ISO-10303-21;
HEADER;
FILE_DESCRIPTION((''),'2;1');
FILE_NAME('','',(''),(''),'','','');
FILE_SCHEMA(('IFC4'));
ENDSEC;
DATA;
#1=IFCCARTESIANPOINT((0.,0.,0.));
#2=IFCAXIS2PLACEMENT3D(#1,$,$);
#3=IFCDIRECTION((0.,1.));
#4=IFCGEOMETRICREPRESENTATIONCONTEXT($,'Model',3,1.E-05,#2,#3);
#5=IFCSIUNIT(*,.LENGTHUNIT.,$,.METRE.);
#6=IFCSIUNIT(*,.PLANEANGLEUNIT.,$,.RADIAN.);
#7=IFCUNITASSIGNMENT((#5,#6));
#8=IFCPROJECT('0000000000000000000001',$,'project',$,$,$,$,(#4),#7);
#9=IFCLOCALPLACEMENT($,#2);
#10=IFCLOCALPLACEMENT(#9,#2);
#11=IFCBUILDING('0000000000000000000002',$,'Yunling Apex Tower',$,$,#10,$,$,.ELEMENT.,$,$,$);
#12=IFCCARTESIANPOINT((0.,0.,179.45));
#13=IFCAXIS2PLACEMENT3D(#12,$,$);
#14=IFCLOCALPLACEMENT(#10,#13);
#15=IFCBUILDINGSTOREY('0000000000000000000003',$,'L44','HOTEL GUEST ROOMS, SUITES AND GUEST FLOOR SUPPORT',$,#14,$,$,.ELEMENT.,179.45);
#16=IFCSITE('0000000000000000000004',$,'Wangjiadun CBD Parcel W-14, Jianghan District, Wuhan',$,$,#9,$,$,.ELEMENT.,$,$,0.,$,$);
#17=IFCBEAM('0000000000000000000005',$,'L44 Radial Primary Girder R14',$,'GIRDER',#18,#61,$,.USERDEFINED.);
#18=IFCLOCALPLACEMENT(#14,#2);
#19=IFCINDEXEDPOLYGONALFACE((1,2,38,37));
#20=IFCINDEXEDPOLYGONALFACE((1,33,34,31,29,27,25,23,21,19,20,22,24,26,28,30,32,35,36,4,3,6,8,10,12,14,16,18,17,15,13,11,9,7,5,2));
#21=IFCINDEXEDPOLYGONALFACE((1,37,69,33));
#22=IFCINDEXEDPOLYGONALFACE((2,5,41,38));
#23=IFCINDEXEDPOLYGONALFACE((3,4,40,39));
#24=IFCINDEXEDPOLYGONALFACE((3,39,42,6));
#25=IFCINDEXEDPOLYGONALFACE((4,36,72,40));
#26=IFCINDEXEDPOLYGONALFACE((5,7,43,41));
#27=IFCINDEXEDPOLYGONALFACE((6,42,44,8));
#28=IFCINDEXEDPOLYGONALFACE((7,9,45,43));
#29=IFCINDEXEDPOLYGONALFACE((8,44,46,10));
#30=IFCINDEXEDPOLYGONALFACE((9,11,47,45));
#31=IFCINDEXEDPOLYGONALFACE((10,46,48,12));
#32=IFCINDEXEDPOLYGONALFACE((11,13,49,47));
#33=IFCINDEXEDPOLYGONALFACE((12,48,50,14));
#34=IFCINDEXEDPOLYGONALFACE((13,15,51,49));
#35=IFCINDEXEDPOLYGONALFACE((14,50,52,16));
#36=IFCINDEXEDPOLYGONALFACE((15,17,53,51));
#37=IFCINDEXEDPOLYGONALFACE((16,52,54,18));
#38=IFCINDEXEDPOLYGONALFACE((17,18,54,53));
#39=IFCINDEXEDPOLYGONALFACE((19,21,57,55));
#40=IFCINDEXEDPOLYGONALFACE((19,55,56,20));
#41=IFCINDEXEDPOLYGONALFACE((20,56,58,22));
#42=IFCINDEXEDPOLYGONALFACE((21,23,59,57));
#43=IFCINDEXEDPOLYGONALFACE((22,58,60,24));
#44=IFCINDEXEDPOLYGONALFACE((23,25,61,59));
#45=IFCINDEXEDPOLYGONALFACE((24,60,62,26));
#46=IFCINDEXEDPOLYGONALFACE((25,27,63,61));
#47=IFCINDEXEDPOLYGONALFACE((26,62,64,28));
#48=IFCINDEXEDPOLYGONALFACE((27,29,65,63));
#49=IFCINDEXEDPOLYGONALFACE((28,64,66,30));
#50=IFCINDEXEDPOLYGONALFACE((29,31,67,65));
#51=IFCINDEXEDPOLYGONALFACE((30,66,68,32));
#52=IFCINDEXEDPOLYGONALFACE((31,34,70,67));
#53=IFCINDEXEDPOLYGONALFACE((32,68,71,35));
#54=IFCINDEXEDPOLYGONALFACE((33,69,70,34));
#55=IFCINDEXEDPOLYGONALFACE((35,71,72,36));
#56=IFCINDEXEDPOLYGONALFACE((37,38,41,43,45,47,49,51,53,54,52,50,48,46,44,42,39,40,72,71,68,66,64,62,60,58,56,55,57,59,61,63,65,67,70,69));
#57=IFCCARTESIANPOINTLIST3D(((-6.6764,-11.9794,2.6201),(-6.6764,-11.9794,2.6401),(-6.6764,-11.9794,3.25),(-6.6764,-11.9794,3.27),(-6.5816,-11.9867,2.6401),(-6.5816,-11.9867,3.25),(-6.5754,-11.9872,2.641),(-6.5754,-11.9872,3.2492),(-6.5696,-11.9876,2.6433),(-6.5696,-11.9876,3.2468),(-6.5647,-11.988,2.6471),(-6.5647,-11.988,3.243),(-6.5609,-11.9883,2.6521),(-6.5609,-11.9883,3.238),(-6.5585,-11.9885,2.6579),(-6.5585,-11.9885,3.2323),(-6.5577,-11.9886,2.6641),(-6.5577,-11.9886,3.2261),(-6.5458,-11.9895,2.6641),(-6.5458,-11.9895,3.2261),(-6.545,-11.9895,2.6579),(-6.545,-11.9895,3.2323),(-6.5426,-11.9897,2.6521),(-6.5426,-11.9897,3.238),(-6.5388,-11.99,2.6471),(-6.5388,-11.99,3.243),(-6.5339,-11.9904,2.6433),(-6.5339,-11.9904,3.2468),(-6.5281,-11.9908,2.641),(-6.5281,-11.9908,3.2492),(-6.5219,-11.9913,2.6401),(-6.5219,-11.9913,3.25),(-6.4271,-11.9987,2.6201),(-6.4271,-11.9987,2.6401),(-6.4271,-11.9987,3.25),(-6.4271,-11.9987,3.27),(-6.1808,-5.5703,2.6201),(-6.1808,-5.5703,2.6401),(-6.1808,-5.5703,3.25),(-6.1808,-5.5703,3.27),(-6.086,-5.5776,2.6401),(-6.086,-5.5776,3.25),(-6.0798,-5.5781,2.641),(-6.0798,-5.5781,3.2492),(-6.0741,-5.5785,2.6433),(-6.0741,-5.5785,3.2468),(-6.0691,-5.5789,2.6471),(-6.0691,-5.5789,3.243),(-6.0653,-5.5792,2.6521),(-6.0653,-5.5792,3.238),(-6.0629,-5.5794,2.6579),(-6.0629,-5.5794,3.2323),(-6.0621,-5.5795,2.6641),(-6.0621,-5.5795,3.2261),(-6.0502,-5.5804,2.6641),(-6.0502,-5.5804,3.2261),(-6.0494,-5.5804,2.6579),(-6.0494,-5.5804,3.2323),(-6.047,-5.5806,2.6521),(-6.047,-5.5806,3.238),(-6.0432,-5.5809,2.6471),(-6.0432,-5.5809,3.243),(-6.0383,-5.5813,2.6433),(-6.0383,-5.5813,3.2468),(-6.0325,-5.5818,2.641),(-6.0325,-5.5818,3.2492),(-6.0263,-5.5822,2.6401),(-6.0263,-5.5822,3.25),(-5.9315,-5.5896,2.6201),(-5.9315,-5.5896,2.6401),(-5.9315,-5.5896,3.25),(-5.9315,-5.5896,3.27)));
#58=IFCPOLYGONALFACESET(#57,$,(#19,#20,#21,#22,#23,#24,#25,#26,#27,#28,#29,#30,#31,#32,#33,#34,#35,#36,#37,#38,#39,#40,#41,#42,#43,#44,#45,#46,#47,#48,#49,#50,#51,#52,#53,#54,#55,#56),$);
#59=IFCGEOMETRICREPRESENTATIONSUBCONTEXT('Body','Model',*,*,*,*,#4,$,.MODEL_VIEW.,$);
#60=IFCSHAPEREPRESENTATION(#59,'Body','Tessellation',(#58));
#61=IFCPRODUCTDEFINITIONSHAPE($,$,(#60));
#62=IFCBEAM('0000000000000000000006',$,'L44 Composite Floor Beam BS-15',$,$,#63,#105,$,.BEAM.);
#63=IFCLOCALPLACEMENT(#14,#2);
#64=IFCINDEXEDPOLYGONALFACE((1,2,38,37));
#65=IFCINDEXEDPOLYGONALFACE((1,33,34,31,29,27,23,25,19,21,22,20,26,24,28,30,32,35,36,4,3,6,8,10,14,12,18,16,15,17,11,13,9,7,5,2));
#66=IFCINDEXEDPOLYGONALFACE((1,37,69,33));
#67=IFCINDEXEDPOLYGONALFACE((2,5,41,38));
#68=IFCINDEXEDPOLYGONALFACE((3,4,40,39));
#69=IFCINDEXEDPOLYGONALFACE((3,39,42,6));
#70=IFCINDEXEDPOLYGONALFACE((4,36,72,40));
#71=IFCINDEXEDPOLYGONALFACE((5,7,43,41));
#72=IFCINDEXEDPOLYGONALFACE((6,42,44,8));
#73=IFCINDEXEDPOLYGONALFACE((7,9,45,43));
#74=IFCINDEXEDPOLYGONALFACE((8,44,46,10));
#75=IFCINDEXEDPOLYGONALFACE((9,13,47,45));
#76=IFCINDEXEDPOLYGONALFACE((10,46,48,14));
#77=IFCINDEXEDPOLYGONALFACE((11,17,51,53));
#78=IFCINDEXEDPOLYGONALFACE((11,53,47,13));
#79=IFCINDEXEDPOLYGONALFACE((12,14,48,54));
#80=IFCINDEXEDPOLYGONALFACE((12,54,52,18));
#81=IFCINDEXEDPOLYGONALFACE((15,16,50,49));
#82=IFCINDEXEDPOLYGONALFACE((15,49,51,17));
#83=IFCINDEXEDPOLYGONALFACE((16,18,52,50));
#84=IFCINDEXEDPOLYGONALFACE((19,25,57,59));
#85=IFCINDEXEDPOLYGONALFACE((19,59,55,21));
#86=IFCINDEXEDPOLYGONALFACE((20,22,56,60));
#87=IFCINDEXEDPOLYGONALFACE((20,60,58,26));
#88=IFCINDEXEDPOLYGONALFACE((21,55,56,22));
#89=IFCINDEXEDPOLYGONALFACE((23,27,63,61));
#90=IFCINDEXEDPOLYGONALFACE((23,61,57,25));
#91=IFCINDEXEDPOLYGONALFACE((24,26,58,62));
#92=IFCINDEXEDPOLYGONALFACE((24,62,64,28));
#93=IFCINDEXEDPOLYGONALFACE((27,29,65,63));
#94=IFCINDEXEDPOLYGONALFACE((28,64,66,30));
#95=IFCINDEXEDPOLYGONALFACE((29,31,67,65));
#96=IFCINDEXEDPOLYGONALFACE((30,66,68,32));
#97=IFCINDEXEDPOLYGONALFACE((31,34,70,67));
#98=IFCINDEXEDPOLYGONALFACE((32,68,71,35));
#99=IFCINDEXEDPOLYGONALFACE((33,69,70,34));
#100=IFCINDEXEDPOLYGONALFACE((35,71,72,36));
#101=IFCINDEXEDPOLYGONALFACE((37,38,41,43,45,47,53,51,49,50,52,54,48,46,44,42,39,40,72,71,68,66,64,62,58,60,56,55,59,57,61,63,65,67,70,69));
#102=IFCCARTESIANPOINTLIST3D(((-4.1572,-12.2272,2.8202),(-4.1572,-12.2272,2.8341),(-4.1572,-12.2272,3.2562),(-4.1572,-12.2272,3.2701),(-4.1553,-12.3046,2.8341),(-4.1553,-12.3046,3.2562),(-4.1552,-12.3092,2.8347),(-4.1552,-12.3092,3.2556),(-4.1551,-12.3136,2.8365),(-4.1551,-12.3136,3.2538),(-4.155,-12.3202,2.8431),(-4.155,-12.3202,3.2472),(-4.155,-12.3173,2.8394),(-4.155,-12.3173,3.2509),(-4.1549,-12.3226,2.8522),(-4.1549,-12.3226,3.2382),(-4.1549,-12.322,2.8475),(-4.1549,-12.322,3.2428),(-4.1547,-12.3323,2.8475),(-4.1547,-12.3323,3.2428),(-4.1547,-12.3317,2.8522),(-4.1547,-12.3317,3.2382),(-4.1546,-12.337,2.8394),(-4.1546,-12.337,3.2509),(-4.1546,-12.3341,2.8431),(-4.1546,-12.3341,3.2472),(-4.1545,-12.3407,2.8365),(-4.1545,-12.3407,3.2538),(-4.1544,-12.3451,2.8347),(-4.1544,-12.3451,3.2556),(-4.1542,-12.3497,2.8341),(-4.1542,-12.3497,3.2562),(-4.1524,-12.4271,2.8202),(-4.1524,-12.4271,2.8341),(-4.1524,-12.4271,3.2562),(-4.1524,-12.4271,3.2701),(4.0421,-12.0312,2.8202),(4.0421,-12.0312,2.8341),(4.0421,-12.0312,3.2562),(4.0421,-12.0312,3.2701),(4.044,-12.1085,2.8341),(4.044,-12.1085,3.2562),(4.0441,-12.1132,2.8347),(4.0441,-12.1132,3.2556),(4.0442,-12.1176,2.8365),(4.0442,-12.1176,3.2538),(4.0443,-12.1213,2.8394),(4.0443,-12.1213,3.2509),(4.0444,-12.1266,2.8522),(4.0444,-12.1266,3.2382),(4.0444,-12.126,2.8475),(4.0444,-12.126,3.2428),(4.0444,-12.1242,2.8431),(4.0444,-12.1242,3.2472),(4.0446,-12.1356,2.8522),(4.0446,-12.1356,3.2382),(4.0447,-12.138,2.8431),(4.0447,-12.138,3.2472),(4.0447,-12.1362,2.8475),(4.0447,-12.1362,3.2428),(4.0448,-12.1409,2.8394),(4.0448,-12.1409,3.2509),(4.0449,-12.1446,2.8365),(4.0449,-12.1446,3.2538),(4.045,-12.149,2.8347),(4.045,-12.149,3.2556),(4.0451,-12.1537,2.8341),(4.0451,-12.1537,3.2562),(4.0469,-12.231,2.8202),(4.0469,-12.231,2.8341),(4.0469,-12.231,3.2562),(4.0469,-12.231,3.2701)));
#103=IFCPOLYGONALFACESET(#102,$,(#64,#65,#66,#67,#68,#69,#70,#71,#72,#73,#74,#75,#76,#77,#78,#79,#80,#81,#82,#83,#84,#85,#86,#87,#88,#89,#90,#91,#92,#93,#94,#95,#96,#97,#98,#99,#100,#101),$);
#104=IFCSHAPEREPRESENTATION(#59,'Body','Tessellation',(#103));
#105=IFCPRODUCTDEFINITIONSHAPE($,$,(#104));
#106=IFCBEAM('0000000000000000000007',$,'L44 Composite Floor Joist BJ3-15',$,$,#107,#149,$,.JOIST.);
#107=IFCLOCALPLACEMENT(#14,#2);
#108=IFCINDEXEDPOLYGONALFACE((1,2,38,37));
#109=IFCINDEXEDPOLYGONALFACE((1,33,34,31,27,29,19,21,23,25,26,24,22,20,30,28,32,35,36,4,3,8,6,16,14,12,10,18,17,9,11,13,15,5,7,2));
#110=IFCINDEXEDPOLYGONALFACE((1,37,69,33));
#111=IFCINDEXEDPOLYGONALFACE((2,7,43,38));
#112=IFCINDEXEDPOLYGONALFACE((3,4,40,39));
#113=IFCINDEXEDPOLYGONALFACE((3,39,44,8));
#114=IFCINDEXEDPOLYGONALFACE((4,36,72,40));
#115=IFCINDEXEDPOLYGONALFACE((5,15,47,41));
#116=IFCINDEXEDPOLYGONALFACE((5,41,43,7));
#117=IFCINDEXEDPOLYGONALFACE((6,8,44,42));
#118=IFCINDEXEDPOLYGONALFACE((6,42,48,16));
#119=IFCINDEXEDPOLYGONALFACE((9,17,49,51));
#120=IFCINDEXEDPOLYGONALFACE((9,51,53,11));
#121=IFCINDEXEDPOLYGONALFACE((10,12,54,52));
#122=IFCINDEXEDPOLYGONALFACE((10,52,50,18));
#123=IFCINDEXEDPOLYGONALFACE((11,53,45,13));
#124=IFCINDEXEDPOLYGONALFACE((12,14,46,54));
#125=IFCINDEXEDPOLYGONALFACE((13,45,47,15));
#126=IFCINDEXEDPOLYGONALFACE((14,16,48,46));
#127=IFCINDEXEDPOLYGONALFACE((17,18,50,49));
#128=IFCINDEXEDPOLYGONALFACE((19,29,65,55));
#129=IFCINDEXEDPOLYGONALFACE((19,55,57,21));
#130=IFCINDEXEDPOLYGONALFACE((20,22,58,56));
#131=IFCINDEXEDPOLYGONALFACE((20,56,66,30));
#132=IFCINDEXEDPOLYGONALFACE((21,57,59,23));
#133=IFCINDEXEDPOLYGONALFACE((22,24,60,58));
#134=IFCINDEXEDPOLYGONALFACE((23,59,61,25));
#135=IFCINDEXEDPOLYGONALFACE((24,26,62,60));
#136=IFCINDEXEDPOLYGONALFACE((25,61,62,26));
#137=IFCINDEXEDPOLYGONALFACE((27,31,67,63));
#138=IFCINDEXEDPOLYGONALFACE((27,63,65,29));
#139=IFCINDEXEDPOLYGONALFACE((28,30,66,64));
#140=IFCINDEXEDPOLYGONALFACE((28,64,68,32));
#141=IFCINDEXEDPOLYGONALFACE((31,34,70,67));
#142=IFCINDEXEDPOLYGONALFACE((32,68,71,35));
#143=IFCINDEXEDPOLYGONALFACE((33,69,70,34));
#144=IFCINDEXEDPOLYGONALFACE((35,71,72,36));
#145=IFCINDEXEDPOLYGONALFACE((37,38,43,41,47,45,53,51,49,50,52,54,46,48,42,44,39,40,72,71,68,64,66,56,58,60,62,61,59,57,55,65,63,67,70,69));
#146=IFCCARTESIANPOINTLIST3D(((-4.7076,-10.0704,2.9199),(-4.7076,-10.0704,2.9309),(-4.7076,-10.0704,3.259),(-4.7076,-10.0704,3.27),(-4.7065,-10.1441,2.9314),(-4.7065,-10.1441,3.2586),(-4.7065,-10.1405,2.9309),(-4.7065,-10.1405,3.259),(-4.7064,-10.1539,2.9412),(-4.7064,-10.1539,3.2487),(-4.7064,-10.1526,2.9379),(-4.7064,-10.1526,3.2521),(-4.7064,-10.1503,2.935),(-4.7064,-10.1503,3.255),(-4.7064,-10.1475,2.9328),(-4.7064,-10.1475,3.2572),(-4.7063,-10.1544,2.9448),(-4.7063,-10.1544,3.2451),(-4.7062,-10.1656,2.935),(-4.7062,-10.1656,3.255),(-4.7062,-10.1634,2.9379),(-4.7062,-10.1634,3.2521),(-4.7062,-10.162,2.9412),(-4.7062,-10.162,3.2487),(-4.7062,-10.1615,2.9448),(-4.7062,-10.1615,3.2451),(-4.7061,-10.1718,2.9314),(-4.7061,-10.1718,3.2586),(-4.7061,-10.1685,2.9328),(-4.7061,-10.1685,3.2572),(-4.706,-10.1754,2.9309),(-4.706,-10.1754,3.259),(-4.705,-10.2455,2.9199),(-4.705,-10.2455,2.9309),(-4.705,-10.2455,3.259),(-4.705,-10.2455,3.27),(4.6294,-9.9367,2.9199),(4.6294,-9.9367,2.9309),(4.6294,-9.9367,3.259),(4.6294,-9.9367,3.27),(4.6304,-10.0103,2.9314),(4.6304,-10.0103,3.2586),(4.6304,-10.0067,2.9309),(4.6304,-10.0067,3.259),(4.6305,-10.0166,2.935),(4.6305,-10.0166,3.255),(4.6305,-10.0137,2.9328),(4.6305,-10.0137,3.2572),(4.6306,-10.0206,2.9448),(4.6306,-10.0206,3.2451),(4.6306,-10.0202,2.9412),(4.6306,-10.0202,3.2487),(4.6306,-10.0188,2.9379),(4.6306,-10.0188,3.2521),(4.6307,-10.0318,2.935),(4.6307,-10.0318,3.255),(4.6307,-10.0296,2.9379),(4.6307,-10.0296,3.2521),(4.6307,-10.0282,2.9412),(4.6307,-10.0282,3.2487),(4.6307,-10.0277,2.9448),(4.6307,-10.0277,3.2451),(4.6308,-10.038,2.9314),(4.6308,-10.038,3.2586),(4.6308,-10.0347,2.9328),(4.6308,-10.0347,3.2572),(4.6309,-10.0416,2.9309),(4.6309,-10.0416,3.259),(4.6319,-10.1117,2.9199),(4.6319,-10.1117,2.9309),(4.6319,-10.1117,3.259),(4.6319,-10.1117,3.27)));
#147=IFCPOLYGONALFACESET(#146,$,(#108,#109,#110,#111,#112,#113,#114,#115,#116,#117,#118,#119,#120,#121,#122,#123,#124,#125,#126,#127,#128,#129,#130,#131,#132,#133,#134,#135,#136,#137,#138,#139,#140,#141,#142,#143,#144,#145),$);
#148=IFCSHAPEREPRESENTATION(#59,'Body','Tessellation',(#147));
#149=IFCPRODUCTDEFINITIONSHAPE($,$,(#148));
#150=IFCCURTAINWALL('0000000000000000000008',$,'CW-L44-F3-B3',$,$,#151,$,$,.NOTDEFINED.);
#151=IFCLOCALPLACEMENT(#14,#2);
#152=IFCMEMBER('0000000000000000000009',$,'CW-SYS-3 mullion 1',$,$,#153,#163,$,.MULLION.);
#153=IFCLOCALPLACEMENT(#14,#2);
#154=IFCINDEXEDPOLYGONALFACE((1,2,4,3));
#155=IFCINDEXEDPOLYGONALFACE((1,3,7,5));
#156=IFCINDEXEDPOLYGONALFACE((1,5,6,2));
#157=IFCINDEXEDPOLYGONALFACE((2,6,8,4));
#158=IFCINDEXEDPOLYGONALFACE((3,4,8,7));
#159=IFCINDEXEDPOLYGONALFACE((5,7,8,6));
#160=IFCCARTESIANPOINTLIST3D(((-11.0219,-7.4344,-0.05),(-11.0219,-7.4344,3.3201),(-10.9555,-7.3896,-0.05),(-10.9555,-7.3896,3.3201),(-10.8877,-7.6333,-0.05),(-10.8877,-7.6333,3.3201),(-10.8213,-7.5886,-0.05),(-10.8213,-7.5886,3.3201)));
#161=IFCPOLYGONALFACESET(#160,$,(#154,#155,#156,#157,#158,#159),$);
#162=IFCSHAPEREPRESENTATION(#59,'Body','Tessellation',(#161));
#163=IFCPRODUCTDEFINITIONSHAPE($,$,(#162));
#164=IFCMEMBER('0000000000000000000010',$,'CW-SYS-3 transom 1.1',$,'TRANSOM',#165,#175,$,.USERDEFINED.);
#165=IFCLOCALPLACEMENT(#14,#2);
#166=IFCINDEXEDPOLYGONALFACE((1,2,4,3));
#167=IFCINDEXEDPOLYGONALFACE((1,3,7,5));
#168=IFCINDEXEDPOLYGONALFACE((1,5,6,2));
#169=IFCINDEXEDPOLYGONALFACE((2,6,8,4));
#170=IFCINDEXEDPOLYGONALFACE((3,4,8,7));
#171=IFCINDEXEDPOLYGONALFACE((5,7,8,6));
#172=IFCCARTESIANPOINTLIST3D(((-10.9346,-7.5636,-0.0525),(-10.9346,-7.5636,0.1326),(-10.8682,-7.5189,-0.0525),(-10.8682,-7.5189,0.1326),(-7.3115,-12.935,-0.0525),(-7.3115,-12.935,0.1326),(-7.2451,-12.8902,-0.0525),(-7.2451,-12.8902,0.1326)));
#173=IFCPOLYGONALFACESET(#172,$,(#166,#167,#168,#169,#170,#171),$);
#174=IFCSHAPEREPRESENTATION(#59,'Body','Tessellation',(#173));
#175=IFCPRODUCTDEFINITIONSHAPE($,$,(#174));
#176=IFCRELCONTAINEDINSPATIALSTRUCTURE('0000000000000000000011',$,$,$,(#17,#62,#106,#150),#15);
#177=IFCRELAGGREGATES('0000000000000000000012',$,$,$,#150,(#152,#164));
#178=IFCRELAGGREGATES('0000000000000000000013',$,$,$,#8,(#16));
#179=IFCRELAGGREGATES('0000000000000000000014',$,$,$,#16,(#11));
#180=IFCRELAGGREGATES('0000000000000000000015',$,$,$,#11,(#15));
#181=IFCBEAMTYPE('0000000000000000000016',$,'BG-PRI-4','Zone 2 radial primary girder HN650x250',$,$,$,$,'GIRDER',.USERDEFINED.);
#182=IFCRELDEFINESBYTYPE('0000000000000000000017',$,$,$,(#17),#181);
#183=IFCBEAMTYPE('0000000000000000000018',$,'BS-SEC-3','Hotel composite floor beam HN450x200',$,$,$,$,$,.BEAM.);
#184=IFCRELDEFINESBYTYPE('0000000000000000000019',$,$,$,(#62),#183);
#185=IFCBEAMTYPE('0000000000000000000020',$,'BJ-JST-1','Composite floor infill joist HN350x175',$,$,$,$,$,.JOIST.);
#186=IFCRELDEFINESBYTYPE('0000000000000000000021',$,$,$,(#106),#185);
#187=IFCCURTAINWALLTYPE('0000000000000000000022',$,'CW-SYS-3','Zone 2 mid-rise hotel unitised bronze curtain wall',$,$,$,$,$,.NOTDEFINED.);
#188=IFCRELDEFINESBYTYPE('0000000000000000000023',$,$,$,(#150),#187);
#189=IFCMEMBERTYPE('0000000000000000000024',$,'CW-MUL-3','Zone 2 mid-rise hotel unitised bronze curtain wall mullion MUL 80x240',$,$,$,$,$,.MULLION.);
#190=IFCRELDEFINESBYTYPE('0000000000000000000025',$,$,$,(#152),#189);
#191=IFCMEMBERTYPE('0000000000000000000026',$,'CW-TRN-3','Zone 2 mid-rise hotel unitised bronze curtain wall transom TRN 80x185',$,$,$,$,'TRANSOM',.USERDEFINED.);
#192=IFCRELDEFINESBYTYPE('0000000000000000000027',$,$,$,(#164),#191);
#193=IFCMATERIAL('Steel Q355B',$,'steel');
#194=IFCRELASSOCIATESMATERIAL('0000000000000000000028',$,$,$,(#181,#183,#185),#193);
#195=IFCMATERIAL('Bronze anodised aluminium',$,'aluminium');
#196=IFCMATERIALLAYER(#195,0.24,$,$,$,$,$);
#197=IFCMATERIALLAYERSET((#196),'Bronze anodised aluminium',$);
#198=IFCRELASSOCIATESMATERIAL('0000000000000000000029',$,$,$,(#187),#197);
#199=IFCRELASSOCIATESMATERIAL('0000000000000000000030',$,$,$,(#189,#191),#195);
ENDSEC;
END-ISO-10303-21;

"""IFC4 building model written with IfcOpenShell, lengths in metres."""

from ifc_helpers import new_model, si_unit, direction, frame, origin, origin_2d, place, context, subcontext, project, spatial, rectangle, i_section, extrude, source, transform, mapped, material, layer, layer_set, material_profile, profile_set, type_object, element, aggregate, save


model = new_model("IFC4")

# Units and contexts
model_context = context("Model", 3, precision=1e-05, world=origin(), true_north=direction((0.0, 1.0)))
body_context = subcontext(model_context, "Body", "Model", "MODEL_VIEW")
ifc_project = project(units=[si_unit("LENGTHUNIT", "METRE"), si_unit("PLANEANGLEUNIT", "RADIAN")], contexts=[model_context])

# Site, building, storey
site_placement = place(None, origin())
site = spatial("IfcSite", under=ifc_project, at=site_placement, Name="Wangjiadun CBD Parcel W-14, Jianghan District, Wuhan", CompositionType="ELEMENT", RefElevation=0.0)
building_placement = place(site_placement, origin())
building = spatial("IfcBuilding", under=site, at=building_placement, Name="Yunling Apex Tower", CompositionType="ELEMENT")
storey_placement = place(building_placement, frame((0.0, 0.0, 179.45)))
storey = spatial("IfcBuildingStorey", under=building, at=storey_placement, Name="L44", Description="HOTEL GUEST ROOMS, SUITES AND GUEST FLOOR SUPPORT", CompositionType="ELEMENT", Elevation=179.45)

# Beams
ifc_material_1 = material(Name="Steel Q355B", Category="steel")
ifc_material_profile_1 = material_profile(ifc_material_1, i_section(OverallWidth=0.25, OverallDepth=0.6499, WebThickness=0.012, FlangeThickness=0.02, FilletRadius=0.0239, at=origin_2d()))
ifc_profile_set_1 = profile_set([ifc_material_profile_1], Name="Steel Q355B")
beam_type_1 = type_object("IfcBeamType", Name="BG-PRI-4", Description="Zone 2 radial primary girder HN650x250", ElementType="GIRDER", PredefinedType="USERDEFINED", material=ifc_profile_set_1)
shared_shape_1 = source(origin(), body_context, "Body", "SweptSolid", [
    extrude(i_section(OverallWidth=0.25, OverallDepth=0.6499, WebThickness=0.012, FlangeThickness=0.02, FilletRadius=0.0239, at=origin_2d()), origin(), (0.0, 0.0, 1.0), 6.4282),
])
beam_1_placement = place(storey_placement, frame((-6.5518, -11.989, 2.9451), z_axis=(0.077097, 0.997024, 0.0), x_axis=(-0.997024, 0.077097, 0.0)))
element("IfcBeam", 1, at=beam_1_placement, inside=storey, type_object=beam_type_1, Name="L44 Radial Primary Girder R14", ObjectType="GIRDER", PredefinedType="USERDEFINED", context=body_context, shape_type="MappedRepresentation", body=[
    mapped(shared_shape_1, transform((0.0, 0.0, 0.0), scale=1.0)),
])
ifc_material_profile_2 = material_profile(ifc_material_1, i_section(OverallWidth=0.2, OverallDepth=0.45, WebThickness=0.009, FlangeThickness=0.0139, FilletRadius=0.0181, at=origin_2d()))
ifc_profile_set_2 = profile_set([ifc_material_profile_2], Name="Steel Q355B")
beam_type_2 = type_object("IfcBeamType", Name="BS-SEC-3", Description="Hotel composite floor beam HN450x200", PredefinedType="BEAM", material=ifc_profile_set_2)
shared_shape_2 = source(origin(), body_context, "Body", "SweptSolid", [
    extrude(i_section(OverallWidth=0.2, OverallDepth=0.45, WebThickness=0.009, FlangeThickness=0.0139, FilletRadius=0.0181, at=origin_2d()), origin(), (0.0, 0.0, 1.0), 8.2017),
])
beam_2_placement = place(storey_placement, frame((-4.1548, -12.3271, 3.0452), z_axis=(0.999714, 0.023903, 0.0), x_axis=(-0.023903, 0.999714, 0.0)))
element("IfcBeam", 2, at=beam_2_placement, inside=storey, type_object=beam_type_2, Name="L44 Composite Floor Beam BS-15", PredefinedType="BEAM", context=body_context, shape_type="MappedRepresentation", body=[
    mapped(shared_shape_2, transform((0.0, 0.0, 0.0), scale=1.0)),
])
ifc_material_profile_3 = material_profile(ifc_material_1, i_section(OverallWidth=0.175, OverallDepth=0.3501, WebThickness=0.0071, FlangeThickness=0.011, FilletRadius=0.0139, at=origin_2d()))
ifc_profile_set_3 = profile_set([ifc_material_profile_3], Name="Steel Q355B")
beam_type_3 = type_object("IfcBeamType", Name="BJ-JST-1", Description="Composite floor infill joist HN350x175", PredefinedType="JOIST", material=ifc_profile_set_3)
shared_shape_3 = source(origin(), body_context, "Body", "SweptSolid", [
    extrude(i_section(OverallWidth=0.175, OverallDepth=0.3501, WebThickness=0.0071, FlangeThickness=0.011, FilletRadius=0.0139, at=origin_2d()), origin(), (0.0, 0.0, 1.0), 9.3379),
])
beam_3_placement = place(storey_placement, frame((-4.7063, -10.158, 3.095), z_axis=(0.999897, 0.014328, 0.0), x_axis=(-0.014328, 0.999897, 0.0)))
element("IfcBeam", 3, at=beam_3_placement, inside=storey, type_object=beam_type_3, Name="L44 Composite Floor Joist BJ3-15", PredefinedType="JOIST", context=body_context, shape_type="MappedRepresentation", body=[
    mapped(shared_shape_3, transform((0.0, 0.0, 0.0), scale=1.0)),
])

# Curtain wall, members
ifc_material_2 = material(Name="Bronze anodised aluminium", Category="aluminium")
ifc_layer_1 = layer(ifc_material_2, 0.24)
ifc_layer_set_1 = layer_set([ifc_layer_1], Name="Bronze anodised aluminium")
curtain_wall_type = type_object("IfcCurtainWallType", Name="CW-SYS-3", Description="Zone 2 mid-rise hotel unitised bronze curtain wall", PredefinedType="NOTDEFINED", material=ifc_layer_set_1)
curtain_wall_placement = place(storey_placement, origin())
curtain_wall = element("IfcCurtainWall", 4, at=curtain_wall_placement, inside=storey, type_object=curtain_wall_type, Name="CW-L44-F3-B3", PredefinedType="NOTDEFINED")
ifc_material_profile_4 = material_profile(ifc_material_2, rectangle(XDim=0.0801, YDim=0.24, at=origin_2d()))
ifc_profile_set_4 = profile_set([ifc_material_profile_4], Name="Bronze anodised aluminium")
member_type_1 = type_object("IfcMemberType", Name="CW-MUL-3", Description="Zone 2 mid-rise hotel unitised bronze curtain wall mullion MUL 80x240", PredefinedType="MULLION", material=ifc_profile_set_4)
shared_shape_4 = source(origin(), body_context, "Body", "SweptSolid", [
    extrude(rectangle(XDim=0.0801, YDim=0.24, at=origin_2d()), origin(), (0.0, 0.0, 1.0), 3.3701),
])
member_1_placement = place(storey_placement, frame((-10.9216, -7.5115, -0.05), z_axis=(0.0, 0.0, 1.0), x_axis=(0.829041, 0.559188, 0.0)))
member_1 = element("IfcMember", 5, at=member_1_placement, type_object=member_type_1, Name="CW-SYS-3 mullion 1", PredefinedType="MULLION", context=body_context, shape_type="MappedRepresentation", body=[
    mapped(shared_shape_4, transform((0.0, 0.0, 0.0), scale=1.0)),
])
ifc_material_profile_5 = material_profile(ifc_material_2, rectangle(XDim=0.0801, YDim=0.1851, at=origin_2d()))
ifc_profile_set_5 = profile_set([ifc_material_profile_5], Name="Bronze anodised aluminium")
member_type_2 = type_object("IfcMemberType", Name="CW-TRN-3", Description="Zone 2 mid-rise hotel unitised bronze curtain wall transom TRN 80x185", ElementType="TRANSOM", PredefinedType="USERDEFINED", material=ifc_profile_set_5)
shared_shape_5 = source(origin(), body_context, "Body", "SweptSolid", [
    extrude(rectangle(XDim=0.0801, YDim=0.1851, at=origin_2d()), origin(), (0.0, 0.0, 1.0), 6.479),
])
member_2_placement = place(storey_placement, frame((-10.9014, -7.5413, 0.04), z_axis=(0.559196, -0.829035, 0.0), x_axis=(0.829035, 0.559196, 0.0)))
member_2 = element("IfcMember", 6, at=member_2_placement, type_object=member_type_2, Name="CW-SYS-3 transom 1.1", ObjectType="TRANSOM", PredefinedType="USERDEFINED", context=body_context, shape_type="MappedRepresentation", body=[
    mapped(shared_shape_5, transform((0.0, 0.0, 0.0), scale=1.0)),
])
aggregate(curtain_wall, [member_1, member_2])

save(model, "model.ifc")
